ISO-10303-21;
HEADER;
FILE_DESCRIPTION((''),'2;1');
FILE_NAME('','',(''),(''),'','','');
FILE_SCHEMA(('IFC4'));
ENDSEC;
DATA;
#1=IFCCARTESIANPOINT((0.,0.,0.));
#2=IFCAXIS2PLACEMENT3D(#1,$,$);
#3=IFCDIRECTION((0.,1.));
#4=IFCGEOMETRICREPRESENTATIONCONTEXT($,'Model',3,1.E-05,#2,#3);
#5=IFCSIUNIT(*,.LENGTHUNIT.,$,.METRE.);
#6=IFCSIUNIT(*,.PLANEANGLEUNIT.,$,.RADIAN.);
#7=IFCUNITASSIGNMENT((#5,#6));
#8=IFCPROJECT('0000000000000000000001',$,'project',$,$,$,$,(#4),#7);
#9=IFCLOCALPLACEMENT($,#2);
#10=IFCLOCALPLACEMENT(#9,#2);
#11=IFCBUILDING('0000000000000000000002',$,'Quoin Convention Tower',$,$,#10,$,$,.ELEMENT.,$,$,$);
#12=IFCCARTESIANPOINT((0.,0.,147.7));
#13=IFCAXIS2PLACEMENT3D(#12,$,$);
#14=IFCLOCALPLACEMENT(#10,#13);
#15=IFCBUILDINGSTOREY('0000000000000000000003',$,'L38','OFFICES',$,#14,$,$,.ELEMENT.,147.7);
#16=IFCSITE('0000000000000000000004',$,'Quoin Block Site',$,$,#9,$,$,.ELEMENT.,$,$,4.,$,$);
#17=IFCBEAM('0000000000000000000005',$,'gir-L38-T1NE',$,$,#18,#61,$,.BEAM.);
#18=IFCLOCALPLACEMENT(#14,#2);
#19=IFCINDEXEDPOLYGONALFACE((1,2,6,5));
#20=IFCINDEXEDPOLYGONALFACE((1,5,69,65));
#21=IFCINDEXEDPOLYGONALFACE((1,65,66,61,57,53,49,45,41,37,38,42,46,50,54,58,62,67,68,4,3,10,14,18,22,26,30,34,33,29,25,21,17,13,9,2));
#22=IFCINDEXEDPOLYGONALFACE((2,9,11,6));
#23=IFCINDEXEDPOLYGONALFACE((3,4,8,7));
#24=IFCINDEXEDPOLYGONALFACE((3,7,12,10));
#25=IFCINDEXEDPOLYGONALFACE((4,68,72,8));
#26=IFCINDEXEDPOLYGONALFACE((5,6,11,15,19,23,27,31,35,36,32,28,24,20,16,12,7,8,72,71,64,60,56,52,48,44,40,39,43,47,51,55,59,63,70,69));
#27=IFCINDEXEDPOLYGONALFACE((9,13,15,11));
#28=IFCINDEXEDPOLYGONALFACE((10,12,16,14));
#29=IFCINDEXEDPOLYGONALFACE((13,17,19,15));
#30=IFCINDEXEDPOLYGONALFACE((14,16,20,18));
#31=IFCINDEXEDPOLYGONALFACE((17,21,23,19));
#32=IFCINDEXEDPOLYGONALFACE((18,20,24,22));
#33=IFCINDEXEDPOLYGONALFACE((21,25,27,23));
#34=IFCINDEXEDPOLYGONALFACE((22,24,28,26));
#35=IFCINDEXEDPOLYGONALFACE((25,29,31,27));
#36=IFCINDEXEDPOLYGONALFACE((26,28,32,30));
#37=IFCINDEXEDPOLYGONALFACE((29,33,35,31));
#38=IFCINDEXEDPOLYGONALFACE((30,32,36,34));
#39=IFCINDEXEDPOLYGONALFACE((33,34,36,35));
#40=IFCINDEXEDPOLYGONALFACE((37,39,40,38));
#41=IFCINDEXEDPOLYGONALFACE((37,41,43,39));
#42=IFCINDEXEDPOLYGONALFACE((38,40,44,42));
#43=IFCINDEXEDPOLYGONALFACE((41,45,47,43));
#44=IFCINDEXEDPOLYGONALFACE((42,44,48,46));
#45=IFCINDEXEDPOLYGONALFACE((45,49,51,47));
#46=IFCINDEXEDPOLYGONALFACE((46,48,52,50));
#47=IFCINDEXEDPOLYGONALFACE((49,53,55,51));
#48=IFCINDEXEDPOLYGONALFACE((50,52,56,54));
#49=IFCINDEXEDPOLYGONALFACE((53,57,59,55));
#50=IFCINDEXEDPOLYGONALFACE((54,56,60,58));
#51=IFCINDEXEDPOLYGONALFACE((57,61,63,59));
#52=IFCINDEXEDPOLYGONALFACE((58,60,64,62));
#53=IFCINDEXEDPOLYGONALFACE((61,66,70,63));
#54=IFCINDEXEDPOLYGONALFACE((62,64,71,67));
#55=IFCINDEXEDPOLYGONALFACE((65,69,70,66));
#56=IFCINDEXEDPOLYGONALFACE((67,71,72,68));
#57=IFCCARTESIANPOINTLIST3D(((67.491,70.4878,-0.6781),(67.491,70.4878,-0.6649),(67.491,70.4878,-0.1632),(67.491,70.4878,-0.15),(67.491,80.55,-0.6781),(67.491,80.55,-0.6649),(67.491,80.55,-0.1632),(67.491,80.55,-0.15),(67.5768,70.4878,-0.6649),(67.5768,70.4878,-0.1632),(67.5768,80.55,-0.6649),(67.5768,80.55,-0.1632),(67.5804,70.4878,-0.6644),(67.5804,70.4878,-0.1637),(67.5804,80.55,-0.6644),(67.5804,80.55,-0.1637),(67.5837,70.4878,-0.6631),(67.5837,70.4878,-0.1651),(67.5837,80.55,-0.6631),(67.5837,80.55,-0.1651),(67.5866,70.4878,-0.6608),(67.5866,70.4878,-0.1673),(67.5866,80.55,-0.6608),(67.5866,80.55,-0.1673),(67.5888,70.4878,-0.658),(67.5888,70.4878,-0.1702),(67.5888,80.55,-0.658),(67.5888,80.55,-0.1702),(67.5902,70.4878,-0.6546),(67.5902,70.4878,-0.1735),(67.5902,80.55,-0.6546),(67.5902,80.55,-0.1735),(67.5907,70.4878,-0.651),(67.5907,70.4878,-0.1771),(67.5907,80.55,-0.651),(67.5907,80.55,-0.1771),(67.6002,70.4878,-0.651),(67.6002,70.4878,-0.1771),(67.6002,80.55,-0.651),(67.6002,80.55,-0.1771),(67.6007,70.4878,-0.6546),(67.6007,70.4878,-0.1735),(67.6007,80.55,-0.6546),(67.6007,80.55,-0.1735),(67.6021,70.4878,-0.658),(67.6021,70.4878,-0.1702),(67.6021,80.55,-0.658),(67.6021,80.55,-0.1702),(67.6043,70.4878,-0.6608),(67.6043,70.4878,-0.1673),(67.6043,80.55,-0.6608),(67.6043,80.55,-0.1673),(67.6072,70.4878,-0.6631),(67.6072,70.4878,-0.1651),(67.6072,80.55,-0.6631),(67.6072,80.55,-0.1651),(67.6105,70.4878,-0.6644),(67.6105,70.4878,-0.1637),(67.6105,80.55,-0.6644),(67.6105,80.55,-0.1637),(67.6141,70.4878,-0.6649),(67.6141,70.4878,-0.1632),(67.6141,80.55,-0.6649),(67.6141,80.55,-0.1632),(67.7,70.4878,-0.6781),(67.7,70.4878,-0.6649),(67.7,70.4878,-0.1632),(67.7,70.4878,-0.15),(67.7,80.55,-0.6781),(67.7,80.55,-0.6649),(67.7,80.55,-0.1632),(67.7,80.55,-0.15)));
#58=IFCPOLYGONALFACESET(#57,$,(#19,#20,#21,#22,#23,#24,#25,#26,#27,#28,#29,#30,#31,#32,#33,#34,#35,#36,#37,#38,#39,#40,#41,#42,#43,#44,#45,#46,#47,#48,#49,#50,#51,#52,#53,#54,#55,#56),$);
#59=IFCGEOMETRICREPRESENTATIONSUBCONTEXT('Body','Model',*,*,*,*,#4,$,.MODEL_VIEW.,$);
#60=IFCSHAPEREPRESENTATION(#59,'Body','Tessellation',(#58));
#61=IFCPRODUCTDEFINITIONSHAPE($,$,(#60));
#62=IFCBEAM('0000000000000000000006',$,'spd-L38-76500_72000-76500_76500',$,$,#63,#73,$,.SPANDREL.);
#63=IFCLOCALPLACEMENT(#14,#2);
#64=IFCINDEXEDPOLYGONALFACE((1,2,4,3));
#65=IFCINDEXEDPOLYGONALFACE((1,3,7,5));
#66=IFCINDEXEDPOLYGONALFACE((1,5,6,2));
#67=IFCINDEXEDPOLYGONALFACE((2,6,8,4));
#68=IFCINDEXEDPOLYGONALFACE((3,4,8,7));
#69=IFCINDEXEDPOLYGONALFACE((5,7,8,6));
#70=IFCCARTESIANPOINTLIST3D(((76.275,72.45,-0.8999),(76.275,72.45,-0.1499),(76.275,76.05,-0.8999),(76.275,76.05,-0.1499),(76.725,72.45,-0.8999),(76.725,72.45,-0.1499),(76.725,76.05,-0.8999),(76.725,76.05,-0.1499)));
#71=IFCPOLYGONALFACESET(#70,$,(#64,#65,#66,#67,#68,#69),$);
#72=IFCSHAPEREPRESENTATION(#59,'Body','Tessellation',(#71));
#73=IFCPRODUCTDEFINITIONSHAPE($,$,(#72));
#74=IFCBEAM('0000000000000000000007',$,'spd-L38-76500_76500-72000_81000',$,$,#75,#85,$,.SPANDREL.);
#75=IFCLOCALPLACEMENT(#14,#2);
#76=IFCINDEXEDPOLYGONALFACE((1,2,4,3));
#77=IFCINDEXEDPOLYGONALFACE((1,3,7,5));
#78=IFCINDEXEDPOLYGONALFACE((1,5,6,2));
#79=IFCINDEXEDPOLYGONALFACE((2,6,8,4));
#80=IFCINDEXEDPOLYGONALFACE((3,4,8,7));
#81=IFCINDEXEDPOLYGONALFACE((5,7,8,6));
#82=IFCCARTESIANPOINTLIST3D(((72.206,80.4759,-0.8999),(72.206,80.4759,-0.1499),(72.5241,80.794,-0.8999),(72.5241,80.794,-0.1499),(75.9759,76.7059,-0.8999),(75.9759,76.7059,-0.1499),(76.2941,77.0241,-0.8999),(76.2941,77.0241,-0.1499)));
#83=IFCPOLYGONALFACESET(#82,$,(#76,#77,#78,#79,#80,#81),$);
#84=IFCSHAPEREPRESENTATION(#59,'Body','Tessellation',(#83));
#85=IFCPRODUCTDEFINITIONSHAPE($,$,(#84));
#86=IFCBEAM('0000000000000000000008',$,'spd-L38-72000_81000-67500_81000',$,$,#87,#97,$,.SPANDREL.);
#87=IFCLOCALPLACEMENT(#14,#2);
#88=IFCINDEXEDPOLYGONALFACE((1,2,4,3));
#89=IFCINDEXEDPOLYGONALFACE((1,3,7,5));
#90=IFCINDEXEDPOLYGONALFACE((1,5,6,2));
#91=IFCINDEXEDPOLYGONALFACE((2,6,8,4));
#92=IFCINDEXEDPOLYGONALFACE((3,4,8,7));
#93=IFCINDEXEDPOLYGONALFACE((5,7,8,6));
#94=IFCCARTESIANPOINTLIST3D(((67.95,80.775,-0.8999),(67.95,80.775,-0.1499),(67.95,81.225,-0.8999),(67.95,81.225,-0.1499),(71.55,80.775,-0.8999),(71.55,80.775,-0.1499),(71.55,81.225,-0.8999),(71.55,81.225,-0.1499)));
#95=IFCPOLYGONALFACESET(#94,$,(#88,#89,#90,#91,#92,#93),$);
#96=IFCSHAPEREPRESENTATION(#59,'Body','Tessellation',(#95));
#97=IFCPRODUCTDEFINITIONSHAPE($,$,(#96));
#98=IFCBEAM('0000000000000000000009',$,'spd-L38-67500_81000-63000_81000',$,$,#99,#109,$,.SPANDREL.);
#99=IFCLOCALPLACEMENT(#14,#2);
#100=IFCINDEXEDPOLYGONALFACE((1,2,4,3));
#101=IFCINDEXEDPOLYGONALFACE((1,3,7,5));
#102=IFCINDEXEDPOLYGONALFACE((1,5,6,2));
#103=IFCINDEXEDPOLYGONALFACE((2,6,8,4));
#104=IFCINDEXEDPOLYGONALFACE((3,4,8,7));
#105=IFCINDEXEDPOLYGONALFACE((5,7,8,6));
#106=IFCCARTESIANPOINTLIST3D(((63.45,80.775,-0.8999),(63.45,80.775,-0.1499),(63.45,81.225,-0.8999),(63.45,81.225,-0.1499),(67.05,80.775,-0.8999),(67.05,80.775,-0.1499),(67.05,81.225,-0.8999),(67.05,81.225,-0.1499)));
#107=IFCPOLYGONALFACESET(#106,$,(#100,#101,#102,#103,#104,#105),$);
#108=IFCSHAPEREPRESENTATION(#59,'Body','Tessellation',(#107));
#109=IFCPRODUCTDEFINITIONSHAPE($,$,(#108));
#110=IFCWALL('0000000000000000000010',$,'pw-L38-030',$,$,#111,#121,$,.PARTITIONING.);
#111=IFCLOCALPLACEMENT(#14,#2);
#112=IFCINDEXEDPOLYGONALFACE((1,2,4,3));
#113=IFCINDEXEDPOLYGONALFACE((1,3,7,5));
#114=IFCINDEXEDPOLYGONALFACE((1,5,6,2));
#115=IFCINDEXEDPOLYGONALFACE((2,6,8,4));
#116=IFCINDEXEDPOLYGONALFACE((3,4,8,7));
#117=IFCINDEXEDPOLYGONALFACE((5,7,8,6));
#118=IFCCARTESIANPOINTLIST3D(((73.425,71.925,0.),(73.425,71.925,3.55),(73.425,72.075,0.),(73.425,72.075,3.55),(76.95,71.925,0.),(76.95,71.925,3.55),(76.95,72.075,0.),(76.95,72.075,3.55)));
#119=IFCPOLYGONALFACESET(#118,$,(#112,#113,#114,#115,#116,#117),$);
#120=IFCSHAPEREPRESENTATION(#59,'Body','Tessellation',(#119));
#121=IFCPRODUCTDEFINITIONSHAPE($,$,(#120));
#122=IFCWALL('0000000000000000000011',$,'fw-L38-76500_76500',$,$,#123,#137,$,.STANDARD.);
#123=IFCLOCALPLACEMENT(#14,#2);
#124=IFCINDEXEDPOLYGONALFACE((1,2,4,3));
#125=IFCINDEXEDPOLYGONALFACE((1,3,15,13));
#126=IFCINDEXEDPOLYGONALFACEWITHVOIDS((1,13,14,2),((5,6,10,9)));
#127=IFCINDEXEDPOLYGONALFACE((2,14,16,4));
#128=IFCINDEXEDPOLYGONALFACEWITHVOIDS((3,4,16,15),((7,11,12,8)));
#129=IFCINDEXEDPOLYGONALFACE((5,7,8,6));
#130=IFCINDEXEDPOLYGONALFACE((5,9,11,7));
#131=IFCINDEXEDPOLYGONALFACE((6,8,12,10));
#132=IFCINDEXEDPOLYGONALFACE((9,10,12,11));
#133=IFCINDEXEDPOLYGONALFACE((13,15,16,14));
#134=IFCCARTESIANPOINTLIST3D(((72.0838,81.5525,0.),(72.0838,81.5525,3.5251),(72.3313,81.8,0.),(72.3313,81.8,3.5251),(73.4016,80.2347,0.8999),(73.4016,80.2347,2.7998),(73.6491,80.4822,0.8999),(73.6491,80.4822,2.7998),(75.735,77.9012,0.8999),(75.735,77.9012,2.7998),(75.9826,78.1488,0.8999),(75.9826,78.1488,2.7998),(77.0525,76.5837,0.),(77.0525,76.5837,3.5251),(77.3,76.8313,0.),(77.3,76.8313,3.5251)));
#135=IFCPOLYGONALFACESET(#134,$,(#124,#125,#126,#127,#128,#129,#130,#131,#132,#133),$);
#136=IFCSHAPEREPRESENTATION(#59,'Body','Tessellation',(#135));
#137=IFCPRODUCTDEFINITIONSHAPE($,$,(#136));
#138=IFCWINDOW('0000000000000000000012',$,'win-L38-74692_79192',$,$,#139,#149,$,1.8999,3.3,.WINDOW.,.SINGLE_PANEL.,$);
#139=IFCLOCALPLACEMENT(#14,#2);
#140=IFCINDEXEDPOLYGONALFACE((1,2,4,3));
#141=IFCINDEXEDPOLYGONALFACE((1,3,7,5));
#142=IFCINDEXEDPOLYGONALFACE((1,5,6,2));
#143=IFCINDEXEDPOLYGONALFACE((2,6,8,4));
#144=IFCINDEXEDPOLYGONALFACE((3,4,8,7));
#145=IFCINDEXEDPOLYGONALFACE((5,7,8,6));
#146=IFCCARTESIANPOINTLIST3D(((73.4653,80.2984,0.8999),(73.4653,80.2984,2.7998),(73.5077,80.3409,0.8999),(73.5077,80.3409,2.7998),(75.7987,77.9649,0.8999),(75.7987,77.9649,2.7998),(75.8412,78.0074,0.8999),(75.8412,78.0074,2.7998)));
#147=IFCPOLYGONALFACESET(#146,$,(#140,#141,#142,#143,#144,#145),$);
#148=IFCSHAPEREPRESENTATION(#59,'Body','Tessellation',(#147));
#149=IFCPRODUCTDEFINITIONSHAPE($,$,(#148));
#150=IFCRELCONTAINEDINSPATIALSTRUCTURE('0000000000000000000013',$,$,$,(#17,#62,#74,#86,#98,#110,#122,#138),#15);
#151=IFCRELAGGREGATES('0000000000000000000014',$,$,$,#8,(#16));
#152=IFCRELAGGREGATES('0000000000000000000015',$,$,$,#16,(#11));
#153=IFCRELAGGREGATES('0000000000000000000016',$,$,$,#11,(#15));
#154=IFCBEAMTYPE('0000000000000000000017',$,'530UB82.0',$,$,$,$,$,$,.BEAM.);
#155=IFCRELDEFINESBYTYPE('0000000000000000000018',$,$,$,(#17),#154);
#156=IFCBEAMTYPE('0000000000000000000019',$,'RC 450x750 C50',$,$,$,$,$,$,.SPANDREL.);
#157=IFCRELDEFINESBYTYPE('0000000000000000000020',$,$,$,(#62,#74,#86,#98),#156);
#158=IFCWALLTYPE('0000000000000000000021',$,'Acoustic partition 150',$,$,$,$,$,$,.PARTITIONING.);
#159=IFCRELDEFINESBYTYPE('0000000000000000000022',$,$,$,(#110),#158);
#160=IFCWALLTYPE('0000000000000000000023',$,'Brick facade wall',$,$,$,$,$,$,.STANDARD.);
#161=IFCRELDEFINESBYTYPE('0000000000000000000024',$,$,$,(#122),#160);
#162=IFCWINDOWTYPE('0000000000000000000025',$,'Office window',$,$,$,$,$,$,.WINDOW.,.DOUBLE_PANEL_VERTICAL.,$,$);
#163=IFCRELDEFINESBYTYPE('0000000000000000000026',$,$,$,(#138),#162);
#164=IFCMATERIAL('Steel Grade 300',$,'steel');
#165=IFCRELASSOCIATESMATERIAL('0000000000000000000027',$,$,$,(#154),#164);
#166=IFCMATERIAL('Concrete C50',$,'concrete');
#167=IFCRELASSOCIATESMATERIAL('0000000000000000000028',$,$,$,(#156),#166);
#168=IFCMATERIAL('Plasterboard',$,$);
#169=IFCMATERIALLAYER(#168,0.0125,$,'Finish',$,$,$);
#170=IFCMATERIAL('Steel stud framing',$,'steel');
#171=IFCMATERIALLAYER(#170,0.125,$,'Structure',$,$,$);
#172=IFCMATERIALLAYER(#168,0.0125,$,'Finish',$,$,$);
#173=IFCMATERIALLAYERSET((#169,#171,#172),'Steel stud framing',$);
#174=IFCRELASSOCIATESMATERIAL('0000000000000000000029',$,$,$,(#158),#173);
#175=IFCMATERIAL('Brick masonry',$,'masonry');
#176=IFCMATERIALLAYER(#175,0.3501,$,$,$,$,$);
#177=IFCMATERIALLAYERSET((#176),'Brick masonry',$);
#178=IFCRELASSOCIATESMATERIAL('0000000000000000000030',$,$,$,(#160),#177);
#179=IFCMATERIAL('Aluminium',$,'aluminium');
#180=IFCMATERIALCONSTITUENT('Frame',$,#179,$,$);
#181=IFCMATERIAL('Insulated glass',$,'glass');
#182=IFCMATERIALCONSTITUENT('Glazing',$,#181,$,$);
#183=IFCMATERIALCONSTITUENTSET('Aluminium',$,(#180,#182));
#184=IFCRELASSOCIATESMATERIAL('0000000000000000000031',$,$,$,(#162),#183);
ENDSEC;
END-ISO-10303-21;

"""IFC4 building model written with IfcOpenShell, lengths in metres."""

from ifc_helpers import new_model, si_unit, direction, frame, frame_2d, origin, origin_2d, place, context, subcontext, project, spatial, rectangle, i_section, extrude, material, layer, layer_set, constituent, constituent_set, material_profile, profile_set, type_object, element, fill, save


model = new_model("IFC4")

# Units and contexts
model_context = context("Model", 3, precision=1e-05, world=origin(), true_north=direction((0.0, 1.0)))
body_context = subcontext(model_context, "Body", "Model", "MODEL_VIEW")
ifc_project = project(units=[si_unit("LENGTHUNIT", "METRE"), si_unit("PLANEANGLEUNIT", "RADIAN")], contexts=[model_context])

# Site, building, storey
site_placement = place(None, origin())
site = spatial("IfcSite", under=ifc_project, at=site_placement, Name="Quoin Block Site", CompositionType="ELEMENT", RefElevation=4.0)
building_placement = place(site_placement, origin())
building = spatial("IfcBuilding", under=site, at=building_placement, Name="Quoin Convention Tower", CompositionType="ELEMENT")
storey_placement = place(building_placement, frame((0.0, 0.0, 147.7)))
storey = spatial("IfcBuildingStorey", under=building, at=storey_placement, Name="L38", Description="OFFICES", CompositionType="ELEMENT", Elevation=147.7)

# Shared definitions
ifc_material_1 = material(Name="Concrete C50", Category="concrete")

# Beams
ifc_material_2 = material(Name="Steel Grade 300", Category="steel")
ifc_material_profile_1 = material_profile(ifc_material_2, i_section(OverallWidth=0.209, OverallDepth=0.5281, WebThickness=0.0095, FlangeThickness=0.0132, FilletRadius=0.0139, at=origin_2d()), Name="530UB82.0")
ifc_profile_set_1 = profile_set([ifc_material_profile_1], Name="Steel Grade 300")
beam_type_1 = type_object("IfcBeamType", Name="530UB82.0", PredefinedType="BEAM", material=ifc_profile_set_1)
beam_1_placement = place(storey_placement, frame((67.5955, 80.55, -0.4141), z_axis=(0.0, -1.0, 0.0), x_axis=(1.0, 0.0, 0.0)))
element("IfcBeam", 1, at=beam_1_placement, inside=storey, type_object=beam_type_1, Name="gir-L38-T1NE", PredefinedType="BEAM", context=body_context, shape_type="SweptSolid", body=[
    extrude(i_section(OverallWidth=0.209, OverallDepth=0.5281, WebThickness=0.0095, FlangeThickness=0.0132, FilletRadius=0.0139, at=origin_2d()), origin(), (0.0, 0.0, 1.0), 10.0623),
])
ifc_material_profile_2 = material_profile(ifc_material_1, rectangle(XDim=0.45, YDim=0.75, at=origin_2d()), Name="RC 450x750")
ifc_profile_set_2 = profile_set([ifc_material_profile_2], Name="Concrete C50")
beam_type_2 = type_object("IfcBeamType", Name="RC 450x750 C50", PredefinedType="SPANDREL", material=ifc_profile_set_2)
beam_2_placement = place(storey_placement, frame((76.5, 72.45, -0.5249), z_axis=(0.0, 1.0, 0.0), x_axis=(-1.0, 0.0, 0.0)))
element("IfcBeam", 2, at=beam_2_placement, inside=storey, type_object=beam_type_2, Name="spd-L38-76500_72000-76500_76500", PredefinedType="SPANDREL", context=body_context, shape_type="SweptSolid", body=[
    extrude(rectangle(XDim=0.45, YDim=0.75, at=origin_2d()), origin(), (0.0, 0.0, 1.0), 3.6001),
])
beam_3_placement = place(storey_placement, frame((76.135, 76.865, -0.5249), z_axis=(-0.707107, 0.707107, 0.0), x_axis=(-0.707107, -0.707107, 0.0)))
element("IfcBeam", 3, at=beam_3_placement, inside=storey, type_object=beam_type_2, Name="spd-L38-76500_76500-72000_81000", PredefinedType="SPANDREL", context=body_context, shape_type="SweptSolid", body=[
    extrude(rectangle(XDim=0.45, YDim=0.75, at=origin_2d()), origin(), (0.0, 0.0, 1.0), 5.3315),
])
for number, where, z_axis, x_axis, name in (
    (4, (71.55, 81.0, -0.5249), (-1.0, 0.0, 0.0), (0.0, -1.0, 0.0), "spd-L38-72000_81000-67500_81000"),
    (5, (67.05, 81.0, -0.5249), (-1.0, 0.0, 0.0), (0.0, -1.0, 0.0), "spd-L38-67500_81000-63000_81000"),
):
    element("IfcBeam", number, at=place(storey_placement, frame(where, z_axis=z_axis, x_axis=x_axis)), inside=storey, type_object=beam_type_2, Name=name, PredefinedType="SPANDREL", context=body_context, shape_type="SweptSolid", body=[
        extrude(rectangle(XDim=0.45, YDim=0.75, at=origin_2d()), origin(), (0.0, 0.0, 1.0), 3.6001),
    ])

# Wall
ifc_material_3 = material(Name="Plasterboard")
ifc_layer_1 = layer(ifc_material_3, 0.0125, Name="Finish")
ifc_material_4 = material(Name="Steel stud framing", Category="steel")
ifc_layer_2 = layer(ifc_material_4, 0.125, Name="Structure")
ifc_layer_3 = layer(ifc_material_3, 0.0125, Name="Finish")
ifc_layer_set_1 = layer_set([ifc_layer_1, ifc_layer_2, ifc_layer_3], Name="Steel stud framing")
wall_type_1 = type_object("IfcWallType", Name="Acoustic partition 150", PredefinedType="PARTITIONING", material=ifc_layer_set_1)
wall_1_placement = place(storey_placement, frame((73.425, 72.0, 0.0), z_axis=(0.0, 0.0, 1.0), x_axis=(1.0, 0.0, 0.0)))
element("IfcWall", 6, at=wall_1_placement, inside=storey, type_object=wall_type_1, Name="pw-L38-030", PredefinedType="PARTITIONING", context=body_context, shape_type="SweptSolid", body=[
    extrude(rectangle(XDim=3.5249, YDim=0.1499, at=frame_2d((1.7625, 0.0))), origin(), (0.0, 0.0, 1.0), 3.55),
])

# Wall, opening, window
ifc_material_5 = material(Name="Brick masonry", Category="masonry")
ifc_layer_4 = layer(ifc_material_5, 0.3501)
ifc_layer_set_2 = layer_set([ifc_layer_4], Name="Brick masonry")
wall_type_2 = type_object("IfcWallType", Name="Brick facade wall", PredefinedType="STANDARD", material=ifc_layer_set_2)
wall_2_placement = place(storey_placement, frame((77.1763, 76.7075, 0.0), z_axis=(0.0, 0.0, 1.0), x_axis=(-0.707107, 0.707107, 0.0)))
wall_2 = element("IfcWall", 7, at=wall_2_placement, inside=storey, type_object=wall_type_2, Name="fw-L38-76500_76500", PredefinedType="STANDARD", context=body_context, shape_type="SweptSolid", body=[
    extrude(rectangle(XDim=7.0269, YDim=0.3501, at=frame_2d((3.5134, 0.0))), origin(), (0.0, 0.0, 1.0), 3.5251),
])
opening_1_placement = place(wall_2_placement, frame((1.8633, 0.0, 0.8999)))
opening_1 = element("IfcOpeningElement", 8, at=opening_1_placement, cuts=wall_2, PredefinedType="OPENING", context=body_context, shape_type="SweptSolid", body=[
    extrude(rectangle(XDim=3.3, YDim=1.8999, at=frame_2d((1.6499, 0.95))), frame((0.0, 0.1851, 0.0), z_axis=(0.0, -1.0, 0.0), x_axis=(1.0, 0.0, 0.0)), (0.0, 0.0, 1.0), 0.3701),
])
ifc_material_6 = material(Name="Aluminium", Category="aluminium")
ifc_constituent_1 = constituent(ifc_material_6, Name="Frame")
ifc_material_7 = material(Name="Insulated glass", Category="glass")
ifc_constituent_2 = constituent(ifc_material_7, Name="Glazing")
ifc_constituent_set = constituent_set(constituents=[ifc_constituent_1, ifc_constituent_2], Name="Aluminium")
window_type = type_object("IfcWindowType", Name="Office window", PartitioningType="DOUBLE_PANEL_VERTICAL", PredefinedType="WINDOW", material=ifc_constituent_set)
window_1_placement = place(opening_1_placement, origin())
window_1 = element("IfcWindow", 9, at=window_1_placement, inside=storey, type_object=window_type, Name="win-L38-74692_79192", OverallHeight=1.8999, OverallWidth=3.3, PartitioningType="SINGLE_PANEL", PredefinedType="WINDOW", context=body_context, shape_type="SweptSolid", body=[
    extrude(rectangle(XDim=3.3, YDim=1.8999, at=frame_2d((1.6499, 0.95))), frame((0.0, 0.085, 0.0), z_axis=(0.0, -1.0, 0.0), x_axis=(1.0, 0.0, 0.0)), (0.0, 0.0, 1.0), 0.0601),
])
fill(opening_1, window_1)

save(model, "model.ifc")
